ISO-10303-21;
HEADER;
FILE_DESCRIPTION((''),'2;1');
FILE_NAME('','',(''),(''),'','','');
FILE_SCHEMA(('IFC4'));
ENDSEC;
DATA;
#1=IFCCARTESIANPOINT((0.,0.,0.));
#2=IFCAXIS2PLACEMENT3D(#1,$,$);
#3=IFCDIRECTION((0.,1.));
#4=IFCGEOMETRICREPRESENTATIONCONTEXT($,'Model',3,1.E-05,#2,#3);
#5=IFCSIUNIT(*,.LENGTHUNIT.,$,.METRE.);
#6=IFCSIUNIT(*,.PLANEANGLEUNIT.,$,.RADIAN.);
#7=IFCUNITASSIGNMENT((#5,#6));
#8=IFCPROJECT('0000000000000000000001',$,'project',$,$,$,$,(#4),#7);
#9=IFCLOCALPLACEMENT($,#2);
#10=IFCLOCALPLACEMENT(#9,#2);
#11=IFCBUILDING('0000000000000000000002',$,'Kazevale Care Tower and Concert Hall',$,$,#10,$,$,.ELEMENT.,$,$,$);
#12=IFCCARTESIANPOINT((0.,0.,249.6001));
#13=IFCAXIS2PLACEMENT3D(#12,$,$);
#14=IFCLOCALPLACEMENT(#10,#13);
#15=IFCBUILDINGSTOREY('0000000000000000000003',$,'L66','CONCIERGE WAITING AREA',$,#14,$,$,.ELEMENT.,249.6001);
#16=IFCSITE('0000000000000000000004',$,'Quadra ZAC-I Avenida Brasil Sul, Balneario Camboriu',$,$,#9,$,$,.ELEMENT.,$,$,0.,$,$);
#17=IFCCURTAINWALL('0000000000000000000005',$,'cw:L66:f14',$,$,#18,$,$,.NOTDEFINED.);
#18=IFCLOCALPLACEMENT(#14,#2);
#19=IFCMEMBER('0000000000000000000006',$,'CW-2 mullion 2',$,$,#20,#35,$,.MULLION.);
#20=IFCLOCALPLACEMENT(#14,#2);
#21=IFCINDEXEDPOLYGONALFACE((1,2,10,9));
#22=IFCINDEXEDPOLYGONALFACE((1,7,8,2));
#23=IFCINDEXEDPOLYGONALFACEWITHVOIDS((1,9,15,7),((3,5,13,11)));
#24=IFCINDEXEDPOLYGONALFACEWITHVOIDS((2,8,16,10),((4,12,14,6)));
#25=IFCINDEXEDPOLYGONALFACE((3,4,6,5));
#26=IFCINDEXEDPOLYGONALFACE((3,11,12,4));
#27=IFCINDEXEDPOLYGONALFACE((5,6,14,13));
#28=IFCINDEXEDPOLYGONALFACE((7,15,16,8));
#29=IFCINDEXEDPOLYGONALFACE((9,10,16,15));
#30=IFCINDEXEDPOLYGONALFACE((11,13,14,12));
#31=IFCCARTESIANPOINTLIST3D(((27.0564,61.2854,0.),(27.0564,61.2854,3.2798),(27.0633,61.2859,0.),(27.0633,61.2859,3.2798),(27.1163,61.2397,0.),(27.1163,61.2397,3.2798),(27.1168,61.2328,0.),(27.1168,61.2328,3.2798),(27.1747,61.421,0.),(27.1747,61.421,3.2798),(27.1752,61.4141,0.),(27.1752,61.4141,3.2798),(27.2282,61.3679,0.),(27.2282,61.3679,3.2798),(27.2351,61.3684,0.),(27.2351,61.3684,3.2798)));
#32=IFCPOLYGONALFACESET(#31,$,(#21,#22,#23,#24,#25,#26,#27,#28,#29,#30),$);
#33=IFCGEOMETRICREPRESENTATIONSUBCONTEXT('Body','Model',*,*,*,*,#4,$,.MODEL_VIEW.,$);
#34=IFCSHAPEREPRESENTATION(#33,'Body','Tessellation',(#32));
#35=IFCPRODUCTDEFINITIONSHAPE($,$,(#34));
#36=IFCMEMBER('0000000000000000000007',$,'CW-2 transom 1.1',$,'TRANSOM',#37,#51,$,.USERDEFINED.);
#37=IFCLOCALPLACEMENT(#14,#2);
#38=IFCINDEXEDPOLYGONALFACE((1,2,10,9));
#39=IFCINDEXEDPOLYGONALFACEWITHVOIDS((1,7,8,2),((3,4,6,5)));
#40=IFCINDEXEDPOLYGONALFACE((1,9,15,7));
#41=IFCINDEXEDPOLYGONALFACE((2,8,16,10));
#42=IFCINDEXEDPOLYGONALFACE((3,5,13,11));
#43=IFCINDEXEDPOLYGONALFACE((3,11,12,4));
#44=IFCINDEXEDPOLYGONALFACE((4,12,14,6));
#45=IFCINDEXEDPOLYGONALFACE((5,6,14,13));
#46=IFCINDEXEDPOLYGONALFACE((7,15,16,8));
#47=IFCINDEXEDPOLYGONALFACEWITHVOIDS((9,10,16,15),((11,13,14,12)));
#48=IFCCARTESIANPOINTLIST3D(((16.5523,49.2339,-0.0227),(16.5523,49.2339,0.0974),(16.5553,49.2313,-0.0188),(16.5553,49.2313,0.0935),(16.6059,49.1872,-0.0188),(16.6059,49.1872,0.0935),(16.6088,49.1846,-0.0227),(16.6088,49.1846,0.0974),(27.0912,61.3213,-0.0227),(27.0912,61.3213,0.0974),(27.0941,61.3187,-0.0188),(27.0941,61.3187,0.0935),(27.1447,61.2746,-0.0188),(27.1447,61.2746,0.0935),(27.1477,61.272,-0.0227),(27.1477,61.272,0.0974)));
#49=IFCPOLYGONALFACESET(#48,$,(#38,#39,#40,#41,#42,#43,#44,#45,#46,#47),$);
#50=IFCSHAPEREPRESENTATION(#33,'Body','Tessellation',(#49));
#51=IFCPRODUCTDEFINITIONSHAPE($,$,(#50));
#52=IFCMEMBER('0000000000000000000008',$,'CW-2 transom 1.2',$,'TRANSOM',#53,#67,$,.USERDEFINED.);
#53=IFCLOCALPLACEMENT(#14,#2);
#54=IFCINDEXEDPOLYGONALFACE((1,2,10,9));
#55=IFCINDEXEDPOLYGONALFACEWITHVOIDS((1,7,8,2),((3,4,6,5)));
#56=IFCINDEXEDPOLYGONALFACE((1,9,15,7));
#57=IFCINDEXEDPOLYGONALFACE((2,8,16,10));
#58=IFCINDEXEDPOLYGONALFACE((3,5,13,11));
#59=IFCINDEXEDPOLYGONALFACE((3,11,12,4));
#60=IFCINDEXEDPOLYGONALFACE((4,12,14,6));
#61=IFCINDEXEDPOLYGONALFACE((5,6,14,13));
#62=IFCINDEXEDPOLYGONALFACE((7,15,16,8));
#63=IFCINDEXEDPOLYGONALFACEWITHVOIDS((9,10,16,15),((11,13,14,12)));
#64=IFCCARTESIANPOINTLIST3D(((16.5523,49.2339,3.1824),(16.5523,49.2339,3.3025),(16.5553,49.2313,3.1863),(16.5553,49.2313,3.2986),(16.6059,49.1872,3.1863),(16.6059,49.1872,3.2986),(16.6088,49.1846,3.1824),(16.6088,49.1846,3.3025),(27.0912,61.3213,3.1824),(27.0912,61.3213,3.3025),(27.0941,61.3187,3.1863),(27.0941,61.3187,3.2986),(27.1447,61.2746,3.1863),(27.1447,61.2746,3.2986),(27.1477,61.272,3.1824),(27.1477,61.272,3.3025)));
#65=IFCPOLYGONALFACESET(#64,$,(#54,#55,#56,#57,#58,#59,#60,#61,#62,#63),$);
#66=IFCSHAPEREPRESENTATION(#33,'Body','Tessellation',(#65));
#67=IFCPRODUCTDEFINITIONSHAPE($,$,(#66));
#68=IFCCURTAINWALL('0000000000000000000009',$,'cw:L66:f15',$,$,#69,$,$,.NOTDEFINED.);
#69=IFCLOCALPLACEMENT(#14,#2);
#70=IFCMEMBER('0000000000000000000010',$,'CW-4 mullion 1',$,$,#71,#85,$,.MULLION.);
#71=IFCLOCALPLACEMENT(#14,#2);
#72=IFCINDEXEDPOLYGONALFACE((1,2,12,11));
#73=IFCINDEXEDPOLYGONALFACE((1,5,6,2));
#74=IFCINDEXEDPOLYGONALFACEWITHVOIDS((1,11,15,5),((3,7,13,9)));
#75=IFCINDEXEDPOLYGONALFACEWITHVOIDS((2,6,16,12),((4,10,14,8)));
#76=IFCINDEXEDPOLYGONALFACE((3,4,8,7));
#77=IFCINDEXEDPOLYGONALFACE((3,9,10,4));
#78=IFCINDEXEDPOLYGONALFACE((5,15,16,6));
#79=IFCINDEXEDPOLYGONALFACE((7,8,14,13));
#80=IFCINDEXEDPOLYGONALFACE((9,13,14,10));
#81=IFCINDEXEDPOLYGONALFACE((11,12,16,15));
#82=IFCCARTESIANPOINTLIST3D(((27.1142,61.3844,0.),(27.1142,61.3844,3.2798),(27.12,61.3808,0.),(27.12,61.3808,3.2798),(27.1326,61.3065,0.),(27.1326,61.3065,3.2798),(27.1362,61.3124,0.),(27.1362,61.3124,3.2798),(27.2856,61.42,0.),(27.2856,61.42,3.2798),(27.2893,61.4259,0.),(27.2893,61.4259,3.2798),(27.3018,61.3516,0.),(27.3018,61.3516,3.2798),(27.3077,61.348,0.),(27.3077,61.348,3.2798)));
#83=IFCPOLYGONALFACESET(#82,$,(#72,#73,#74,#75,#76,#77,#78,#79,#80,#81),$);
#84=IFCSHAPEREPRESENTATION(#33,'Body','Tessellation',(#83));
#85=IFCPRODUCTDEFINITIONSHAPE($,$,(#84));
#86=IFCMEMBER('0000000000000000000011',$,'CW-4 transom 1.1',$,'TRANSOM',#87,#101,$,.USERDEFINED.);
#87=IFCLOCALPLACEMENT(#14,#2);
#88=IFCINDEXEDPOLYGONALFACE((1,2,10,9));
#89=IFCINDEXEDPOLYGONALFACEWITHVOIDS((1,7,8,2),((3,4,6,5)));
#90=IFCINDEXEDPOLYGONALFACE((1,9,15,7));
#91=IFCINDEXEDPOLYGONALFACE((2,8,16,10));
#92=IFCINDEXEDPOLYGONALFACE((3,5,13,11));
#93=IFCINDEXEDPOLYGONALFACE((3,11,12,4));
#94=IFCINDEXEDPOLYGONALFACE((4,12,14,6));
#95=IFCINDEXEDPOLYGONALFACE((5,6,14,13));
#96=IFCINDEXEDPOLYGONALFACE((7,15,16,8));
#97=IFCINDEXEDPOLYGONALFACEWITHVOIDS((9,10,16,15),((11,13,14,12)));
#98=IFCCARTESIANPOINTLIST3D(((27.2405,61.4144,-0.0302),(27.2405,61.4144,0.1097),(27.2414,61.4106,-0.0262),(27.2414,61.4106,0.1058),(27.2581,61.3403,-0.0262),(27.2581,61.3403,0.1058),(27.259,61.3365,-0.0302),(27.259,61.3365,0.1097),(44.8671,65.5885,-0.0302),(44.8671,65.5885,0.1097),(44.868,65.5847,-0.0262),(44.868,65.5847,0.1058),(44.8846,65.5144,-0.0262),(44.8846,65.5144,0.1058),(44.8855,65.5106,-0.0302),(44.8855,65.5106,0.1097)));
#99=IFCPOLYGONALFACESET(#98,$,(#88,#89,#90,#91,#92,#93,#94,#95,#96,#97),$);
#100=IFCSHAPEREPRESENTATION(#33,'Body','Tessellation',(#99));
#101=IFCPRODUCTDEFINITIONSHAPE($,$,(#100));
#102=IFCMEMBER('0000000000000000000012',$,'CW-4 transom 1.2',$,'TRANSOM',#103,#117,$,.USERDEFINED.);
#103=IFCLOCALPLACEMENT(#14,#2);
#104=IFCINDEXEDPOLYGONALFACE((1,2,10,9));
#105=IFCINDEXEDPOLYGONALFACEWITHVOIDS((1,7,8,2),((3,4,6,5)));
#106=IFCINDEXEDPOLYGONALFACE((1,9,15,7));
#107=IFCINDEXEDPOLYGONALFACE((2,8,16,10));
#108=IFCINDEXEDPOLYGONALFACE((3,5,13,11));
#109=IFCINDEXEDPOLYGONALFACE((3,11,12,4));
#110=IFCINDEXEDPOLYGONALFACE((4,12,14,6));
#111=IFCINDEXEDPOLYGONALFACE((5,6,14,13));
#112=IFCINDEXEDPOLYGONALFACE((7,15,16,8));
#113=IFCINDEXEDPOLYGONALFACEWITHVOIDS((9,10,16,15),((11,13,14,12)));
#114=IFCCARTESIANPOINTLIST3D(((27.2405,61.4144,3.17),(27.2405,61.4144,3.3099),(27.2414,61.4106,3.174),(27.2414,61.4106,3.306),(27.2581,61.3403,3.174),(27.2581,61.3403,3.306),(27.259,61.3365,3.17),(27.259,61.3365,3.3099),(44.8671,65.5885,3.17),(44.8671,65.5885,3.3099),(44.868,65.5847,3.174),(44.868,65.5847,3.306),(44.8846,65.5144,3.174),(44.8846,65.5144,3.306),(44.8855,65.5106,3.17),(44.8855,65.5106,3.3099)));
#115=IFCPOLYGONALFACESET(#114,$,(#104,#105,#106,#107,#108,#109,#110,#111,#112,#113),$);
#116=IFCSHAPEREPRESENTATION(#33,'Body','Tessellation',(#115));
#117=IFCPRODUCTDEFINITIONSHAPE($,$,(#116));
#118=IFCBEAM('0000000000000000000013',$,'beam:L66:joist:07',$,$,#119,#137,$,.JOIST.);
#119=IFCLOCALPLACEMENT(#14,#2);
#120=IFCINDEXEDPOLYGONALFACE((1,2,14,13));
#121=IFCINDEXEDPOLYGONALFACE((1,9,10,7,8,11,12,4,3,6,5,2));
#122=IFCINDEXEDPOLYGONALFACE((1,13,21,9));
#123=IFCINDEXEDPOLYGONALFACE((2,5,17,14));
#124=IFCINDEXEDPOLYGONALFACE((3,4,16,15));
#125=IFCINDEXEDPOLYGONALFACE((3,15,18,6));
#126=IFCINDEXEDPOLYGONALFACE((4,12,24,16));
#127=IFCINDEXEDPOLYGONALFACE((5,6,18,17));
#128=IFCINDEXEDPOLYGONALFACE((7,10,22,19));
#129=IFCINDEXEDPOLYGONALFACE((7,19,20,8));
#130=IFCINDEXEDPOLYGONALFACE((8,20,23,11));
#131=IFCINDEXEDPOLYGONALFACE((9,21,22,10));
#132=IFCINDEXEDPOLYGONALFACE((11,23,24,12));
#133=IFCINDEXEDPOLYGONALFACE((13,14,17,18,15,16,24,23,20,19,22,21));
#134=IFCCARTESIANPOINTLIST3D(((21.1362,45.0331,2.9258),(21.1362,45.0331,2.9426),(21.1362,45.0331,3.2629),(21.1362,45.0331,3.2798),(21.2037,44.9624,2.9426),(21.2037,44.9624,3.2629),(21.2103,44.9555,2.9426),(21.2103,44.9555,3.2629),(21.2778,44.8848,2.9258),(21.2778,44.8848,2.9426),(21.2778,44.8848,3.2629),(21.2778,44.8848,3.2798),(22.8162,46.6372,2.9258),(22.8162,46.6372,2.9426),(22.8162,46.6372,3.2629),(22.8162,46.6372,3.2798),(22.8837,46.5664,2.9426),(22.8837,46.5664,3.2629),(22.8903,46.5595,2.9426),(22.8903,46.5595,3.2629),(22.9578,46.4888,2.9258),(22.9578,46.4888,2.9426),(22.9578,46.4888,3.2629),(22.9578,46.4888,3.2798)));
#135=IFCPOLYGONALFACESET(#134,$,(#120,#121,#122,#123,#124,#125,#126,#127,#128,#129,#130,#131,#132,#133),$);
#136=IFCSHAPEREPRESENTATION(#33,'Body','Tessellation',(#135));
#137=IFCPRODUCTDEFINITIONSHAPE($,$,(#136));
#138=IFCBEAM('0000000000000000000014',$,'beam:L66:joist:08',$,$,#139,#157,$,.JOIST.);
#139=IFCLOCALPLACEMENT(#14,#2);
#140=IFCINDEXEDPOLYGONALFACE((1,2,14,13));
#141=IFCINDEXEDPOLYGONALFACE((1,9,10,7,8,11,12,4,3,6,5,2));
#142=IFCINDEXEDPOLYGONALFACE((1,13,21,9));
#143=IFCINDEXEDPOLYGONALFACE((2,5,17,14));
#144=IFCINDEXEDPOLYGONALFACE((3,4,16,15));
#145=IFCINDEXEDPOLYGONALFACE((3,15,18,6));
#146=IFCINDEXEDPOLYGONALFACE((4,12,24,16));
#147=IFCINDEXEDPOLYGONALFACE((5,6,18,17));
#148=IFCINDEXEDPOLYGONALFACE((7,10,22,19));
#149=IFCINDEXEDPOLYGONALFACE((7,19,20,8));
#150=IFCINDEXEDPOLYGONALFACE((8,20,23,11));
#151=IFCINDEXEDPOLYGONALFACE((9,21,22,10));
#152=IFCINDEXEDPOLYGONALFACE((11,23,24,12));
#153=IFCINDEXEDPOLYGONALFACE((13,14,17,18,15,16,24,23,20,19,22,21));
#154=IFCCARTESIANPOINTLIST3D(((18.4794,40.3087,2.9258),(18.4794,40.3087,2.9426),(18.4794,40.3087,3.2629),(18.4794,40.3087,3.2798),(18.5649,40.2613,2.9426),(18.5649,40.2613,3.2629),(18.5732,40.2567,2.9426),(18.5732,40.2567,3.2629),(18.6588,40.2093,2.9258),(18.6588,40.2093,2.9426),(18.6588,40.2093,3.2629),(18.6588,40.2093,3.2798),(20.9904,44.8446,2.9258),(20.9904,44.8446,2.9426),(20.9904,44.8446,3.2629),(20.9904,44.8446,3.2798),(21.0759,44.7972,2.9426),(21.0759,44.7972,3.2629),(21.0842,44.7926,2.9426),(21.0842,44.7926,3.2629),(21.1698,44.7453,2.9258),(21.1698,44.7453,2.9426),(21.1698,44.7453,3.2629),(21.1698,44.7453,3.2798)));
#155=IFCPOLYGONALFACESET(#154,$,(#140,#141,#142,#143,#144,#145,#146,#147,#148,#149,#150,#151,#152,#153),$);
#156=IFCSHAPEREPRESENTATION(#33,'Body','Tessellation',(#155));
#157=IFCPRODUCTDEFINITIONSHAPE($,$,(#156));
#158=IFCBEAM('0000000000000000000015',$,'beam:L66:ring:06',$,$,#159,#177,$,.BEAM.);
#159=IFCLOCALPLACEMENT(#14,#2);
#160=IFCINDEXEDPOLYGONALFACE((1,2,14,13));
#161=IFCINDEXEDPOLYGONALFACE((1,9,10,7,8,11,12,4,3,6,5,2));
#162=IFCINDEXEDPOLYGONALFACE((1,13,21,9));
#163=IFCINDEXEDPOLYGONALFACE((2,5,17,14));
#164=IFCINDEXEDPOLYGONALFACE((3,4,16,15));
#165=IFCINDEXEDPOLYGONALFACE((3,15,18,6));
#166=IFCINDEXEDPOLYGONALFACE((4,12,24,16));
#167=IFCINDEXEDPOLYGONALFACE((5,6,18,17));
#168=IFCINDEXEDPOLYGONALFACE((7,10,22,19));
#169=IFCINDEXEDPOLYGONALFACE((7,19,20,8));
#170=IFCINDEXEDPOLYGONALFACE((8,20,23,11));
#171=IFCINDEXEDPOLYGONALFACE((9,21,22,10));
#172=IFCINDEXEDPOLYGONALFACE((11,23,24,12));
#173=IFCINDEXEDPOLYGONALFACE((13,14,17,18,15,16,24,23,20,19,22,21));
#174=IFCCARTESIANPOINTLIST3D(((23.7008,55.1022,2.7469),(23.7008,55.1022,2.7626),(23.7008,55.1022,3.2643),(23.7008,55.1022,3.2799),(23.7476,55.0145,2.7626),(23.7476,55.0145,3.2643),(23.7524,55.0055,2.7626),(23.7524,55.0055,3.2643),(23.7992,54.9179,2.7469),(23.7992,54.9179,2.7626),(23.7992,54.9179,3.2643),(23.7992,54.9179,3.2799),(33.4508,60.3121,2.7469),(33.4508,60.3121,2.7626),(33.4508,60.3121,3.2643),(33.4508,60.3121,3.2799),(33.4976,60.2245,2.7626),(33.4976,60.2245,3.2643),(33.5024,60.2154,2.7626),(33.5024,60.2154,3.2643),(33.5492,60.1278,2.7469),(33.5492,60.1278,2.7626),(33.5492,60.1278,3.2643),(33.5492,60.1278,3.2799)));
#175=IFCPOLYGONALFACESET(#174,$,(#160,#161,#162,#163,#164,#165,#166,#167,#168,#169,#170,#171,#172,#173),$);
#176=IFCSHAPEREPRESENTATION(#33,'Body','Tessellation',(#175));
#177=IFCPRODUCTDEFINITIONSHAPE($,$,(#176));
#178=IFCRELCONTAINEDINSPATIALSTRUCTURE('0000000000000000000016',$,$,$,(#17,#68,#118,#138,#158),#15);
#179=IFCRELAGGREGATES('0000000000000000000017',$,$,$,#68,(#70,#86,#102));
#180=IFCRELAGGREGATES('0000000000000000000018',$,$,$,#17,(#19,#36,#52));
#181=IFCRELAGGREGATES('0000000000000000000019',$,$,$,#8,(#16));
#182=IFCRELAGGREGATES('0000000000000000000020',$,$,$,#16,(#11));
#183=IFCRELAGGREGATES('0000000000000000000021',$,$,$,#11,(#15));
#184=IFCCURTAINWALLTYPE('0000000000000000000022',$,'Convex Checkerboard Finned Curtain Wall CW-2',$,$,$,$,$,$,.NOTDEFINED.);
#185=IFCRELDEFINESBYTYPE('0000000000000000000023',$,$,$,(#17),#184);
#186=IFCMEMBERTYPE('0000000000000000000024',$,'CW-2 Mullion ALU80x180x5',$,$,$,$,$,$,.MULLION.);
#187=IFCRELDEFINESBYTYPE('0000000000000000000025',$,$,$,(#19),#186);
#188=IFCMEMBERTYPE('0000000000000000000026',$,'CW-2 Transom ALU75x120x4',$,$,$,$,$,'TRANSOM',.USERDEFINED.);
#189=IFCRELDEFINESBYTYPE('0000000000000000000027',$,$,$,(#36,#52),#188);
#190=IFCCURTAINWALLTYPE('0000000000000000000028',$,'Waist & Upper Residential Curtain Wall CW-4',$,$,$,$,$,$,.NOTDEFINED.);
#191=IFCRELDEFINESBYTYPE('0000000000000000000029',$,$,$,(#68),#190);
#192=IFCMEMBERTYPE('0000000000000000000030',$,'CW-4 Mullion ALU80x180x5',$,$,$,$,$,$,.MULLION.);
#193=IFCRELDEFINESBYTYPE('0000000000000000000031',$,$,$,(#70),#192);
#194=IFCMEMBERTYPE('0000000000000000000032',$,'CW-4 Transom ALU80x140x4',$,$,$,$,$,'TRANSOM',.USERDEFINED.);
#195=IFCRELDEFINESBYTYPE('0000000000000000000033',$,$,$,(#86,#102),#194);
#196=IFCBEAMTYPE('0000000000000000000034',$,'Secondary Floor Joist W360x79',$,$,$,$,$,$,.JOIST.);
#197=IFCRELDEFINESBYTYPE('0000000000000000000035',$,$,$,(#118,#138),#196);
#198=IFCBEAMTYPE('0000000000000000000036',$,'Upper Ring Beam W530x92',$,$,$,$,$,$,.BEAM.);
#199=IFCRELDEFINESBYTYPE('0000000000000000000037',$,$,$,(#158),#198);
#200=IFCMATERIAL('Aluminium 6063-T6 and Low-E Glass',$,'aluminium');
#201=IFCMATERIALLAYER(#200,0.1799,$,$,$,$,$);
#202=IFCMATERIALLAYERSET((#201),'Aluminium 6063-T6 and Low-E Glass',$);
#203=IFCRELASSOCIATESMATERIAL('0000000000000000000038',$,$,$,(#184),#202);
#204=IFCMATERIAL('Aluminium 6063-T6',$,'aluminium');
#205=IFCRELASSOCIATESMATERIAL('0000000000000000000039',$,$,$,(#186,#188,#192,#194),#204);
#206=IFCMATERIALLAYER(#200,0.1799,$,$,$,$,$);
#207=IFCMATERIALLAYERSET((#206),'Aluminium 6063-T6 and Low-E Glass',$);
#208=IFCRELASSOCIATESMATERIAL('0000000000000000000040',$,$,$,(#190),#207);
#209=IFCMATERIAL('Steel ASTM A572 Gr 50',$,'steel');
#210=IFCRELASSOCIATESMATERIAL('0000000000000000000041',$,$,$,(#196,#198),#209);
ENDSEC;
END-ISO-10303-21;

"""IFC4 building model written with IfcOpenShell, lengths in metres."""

from ifc_helpers import new_model, si_unit, direction, frame, origin, origin_2d, place, context, subcontext, project, spatial, hollow_rectangle, i_section, extrude, material, layer, layer_set, material_profile, profile_set, type_object, element, aggregate, save


model = new_model("IFC4")

# Units and contexts
model_context = context("Model", 3, precision=1e-05, world=origin(), true_north=direction((0.0, 1.0)))
body_context = subcontext(model_context, "Body", "Model", "MODEL_VIEW")
ifc_project = project(units=[si_unit("LENGTHUNIT", "METRE"), si_unit("PLANEANGLEUNIT", "RADIAN")], contexts=[model_context])

# Site, building, storey
site_placement = place(None, origin())
site = spatial("IfcSite", under=ifc_project, at=site_placement, Name="Quadra ZAC-I Avenida Brasil Sul, Balneario Camboriu", CompositionType="ELEMENT", RefElevation=0.0)
building_placement = place(site_placement, origin())
building = spatial("IfcBuilding", under=site, at=building_placement, Name="Kazevale Care Tower and Concert Hall", CompositionType="ELEMENT")
storey_placement = place(building_placement, frame((0.0, 0.0, 249.6001)))
storey = spatial("IfcBuildingStorey", under=building, at=storey_placement, Name="L66", Description="CONCIERGE WAITING AREA", CompositionType="ELEMENT", Elevation=249.6001)

# Curtain walls, members
ifc_material_1 = material(Name="Aluminium 6063-T6 and Low-E Glass", Category="aluminium")
ifc_layer_1 = layer(ifc_material_1, 0.1799)
ifc_layer_set_1 = layer_set([ifc_layer_1], Name="Aluminium 6063-T6 and Low-E Glass")
curtain_wall_type_1 = type_object("IfcCurtainWallType", Name="Convex Checkerboard Finned Curtain Wall CW-2", PredefinedType="NOTDEFINED", material=ifc_layer_set_1)
curtain_wall_1_placement = place(storey_placement, origin())
curtain_wall_1 = element("IfcCurtainWall", 1, at=curtain_wall_1_placement, inside=storey, type_object=curtain_wall_type_1, Name="cw:L66:f14", PredefinedType="NOTDEFINED")
ifc_material_2 = material(Name="Aluminium 6063-T6", Category="aluminium")
ifc_material_profile_1 = material_profile(ifc_material_2, hollow_rectangle(XDim=0.0801, YDim=0.1799, WallThickness=0.0049, at=origin_2d()), Name="ALU80x180x5")
ifc_profile_set_1 = profile_set([ifc_material_profile_1], Name="Aluminium 6063-T6")
member_type_1 = type_object("IfcMemberType", Name="CW-2 Mullion ALU80x180x5", PredefinedType="MULLION", material=ifc_profile_set_1)
member_1_placement = place(storey_placement, frame((27.1458, 61.3269, 0.0), z_axis=(0.0, 0.0, 1.0), x_axis=(-0.753738, 0.657175, 0.0)))
member_1 = element("IfcMember", 2, at=member_1_placement, type_object=member_type_1, Name="CW-2 mullion 2", PredefinedType="MULLION", context=body_context, shape_type="SweptSolid", body=[
    extrude(hollow_rectangle(XDim=0.0801, YDim=0.1799, WallThickness=0.0049, at=origin_2d()), origin(), (0.0, 0.0, 1.0), 3.2798),
])
ifc_material_profile_2 = material_profile(ifc_material_2, hollow_rectangle(XDim=0.075, YDim=0.1201, WallThickness=0.0039, at=origin_2d()), Name="ALU75x120x4")
ifc_profile_set_2 = profile_set([ifc_material_profile_2], Name="Aluminium 6063-T6")
member_type_2 = type_object("IfcMemberType", Name="CW-2 Transom ALU75x120x4", ElementType="TRANSOM", PredefinedType="USERDEFINED", material=ifc_profile_set_2)
member_2_placement = place(storey_placement, frame((16.5806, 49.2092, 0.0374), z_axis=(0.657174, 0.753739, 0.0), x_axis=(-0.753739, 0.657174, 0.0)))
member_2 = element("IfcMember", 3, at=member_2_placement, type_object=member_type_2, Name="CW-2 transom 1.1", ObjectType="TRANSOM", PredefinedType="USERDEFINED", context=body_context, shape_type="SweptSolid", body=[
    extrude(hollow_rectangle(XDim=0.075, YDim=0.1201, WallThickness=0.0039, at=origin_2d()), origin(), (0.0, 0.0, 1.0), 16.0366),
])
member_3_placement = place(storey_placement, frame((16.5806, 49.2092, 3.2424), z_axis=(0.657174, 0.753739, 0.0), x_axis=(-0.753739, 0.657174, 0.0)))
member_3 = element("IfcMember", 4, at=member_3_placement, type_object=member_type_2, Name="CW-2 transom 1.2", ObjectType="TRANSOM", PredefinedType="USERDEFINED", context=body_context, shape_type="SweptSolid", body=[
    extrude(hollow_rectangle(XDim=0.075, YDim=0.1201, WallThickness=0.0039, at=origin_2d()), origin(), (0.0, 0.0, 1.0), 16.0366),
])
ifc_layer_2 = layer(ifc_material_1, 0.1799)
ifc_layer_set_2 = layer_set([ifc_layer_2], Name="Aluminium 6063-T6 and Low-E Glass")
curtain_wall_type_2 = type_object("IfcCurtainWallType", Name="Waist & Upper Residential Curtain Wall CW-4", PredefinedType="NOTDEFINED", material=ifc_layer_set_2)
curtain_wall_2_placement = place(storey_placement, origin())
curtain_wall_2 = element("IfcCurtainWall", 5, at=curtain_wall_2_placement, inside=storey, type_object=curtain_wall_type_2, Name="cw:L66:f15", PredefinedType="NOTDEFINED")
ifc_material_profile_3 = material_profile(ifc_material_2, hollow_rectangle(XDim=0.0801, YDim=0.1799, WallThickness=0.0049, at=origin_2d()), Name="ALU80x180x5")
ifc_profile_set_3 = profile_set([ifc_material_profile_3], Name="Aluminium 6063-T6")
member_type_3 = type_object("IfcMemberType", Name="CW-4 Mullion ALU80x180x5", PredefinedType="MULLION", material=ifc_profile_set_3)
member_4_placement = place(storey_placement, frame((27.2109, 61.3662, 0.0), z_axis=(0.0, 0.0, 1.0), x_axis=(-0.230439, 0.973087, 0.0)))
member_4 = element("IfcMember", 6, at=member_4_placement, type_object=member_type_3, Name="CW-4 mullion 1", PredefinedType="MULLION", context=body_context, shape_type="SweptSolid", body=[
    extrude(hollow_rectangle(XDim=0.0801, YDim=0.1799, WallThickness=0.0049, at=origin_2d()), origin(), (0.0, 0.0, 1.0), 3.2798),
])
ifc_material_profile_4 = material_profile(ifc_material_2, hollow_rectangle(XDim=0.0801, YDim=0.1399, WallThickness=0.0039, at=origin_2d()), Name="ALU80x140x4")
ifc_profile_set_4 = profile_set([ifc_material_profile_4], Name="Aluminium 6063-T6")
member_type_4 = type_object("IfcMemberType", Name="CW-4 Transom ALU80x140x4", ElementType="TRANSOM", PredefinedType="USERDEFINED", material=ifc_profile_set_4)
member_5_placement = place(storey_placement, frame((27.2498, 61.3755, 0.0398), z_axis=(0.973088, 0.230434, 0.0), x_axis=(-0.230434, 0.973088, 0.0)))
member_5 = element("IfcMember", 7, at=member_5_placement, type_object=member_type_4, Name="CW-4 transom 1.1", ObjectType="TRANSOM", PredefinedType="USERDEFINED", context=body_context, shape_type="SweptSolid", body=[
    extrude(hollow_rectangle(XDim=0.0801, YDim=0.1399, WallThickness=0.0039, at=origin_2d()), origin(), (0.0, 0.0, 1.0), 18.114),
])
member_6_placement = place(storey_placement, frame((27.2498, 61.3755, 3.24), z_axis=(0.973088, 0.230434, 0.0), x_axis=(-0.230434, 0.973088, 0.0)))
member_6 = element("IfcMember", 8, at=member_6_placement, type_object=member_type_4, Name="CW-4 transom 1.2", ObjectType="TRANSOM", PredefinedType="USERDEFINED", context=body_context, shape_type="SweptSolid", body=[
    extrude(hollow_rectangle(XDim=0.0801, YDim=0.1399, WallThickness=0.0039, at=origin_2d()), origin(), (0.0, 0.0, 1.0), 18.114),
])
aggregate(curtain_wall_2, [member_4, member_5, member_6])

# Beams
ifc_material_3 = material(Name="Steel ASTM A572 Gr 50", Category="steel")
ifc_material_profile_5 = material_profile(ifc_material_3, i_section(OverallWidth=0.2051, OverallDepth=0.354, WebThickness=0.0095, FlangeThickness=0.0168, at=origin_2d()), Name="W360x79")
ifc_profile_set_5 = profile_set([ifc_material_profile_5], Name="Steel ASTM A572 Gr 50")
beam_type_1 = type_object("IfcBeamType", Name="Secondary Floor Joist W360x79", PredefinedType="JOIST", material=ifc_profile_set_5)
beam_1_placement = place(storey_placement, frame((22.887, 46.563, 3.1028), z_axis=(-0.723262, -0.690573, 0.0), x_axis=(0.690573, -0.723262, 0.0)))
element("IfcBeam", 9, at=beam_1_placement, inside=storey, type_object=beam_type_1, Name="beam:L66:joist:07", PredefinedType="JOIST", context=body_context, shape_type="SweptSolid", body=[
    extrude(i_section(OverallWidth=0.2051, OverallDepth=0.354, WebThickness=0.0095, FlangeThickness=0.0168, at=origin_2d()), origin(), (0.0, 0.0, 1.0), 2.3228),
])
beam_2_placement = place(storey_placement, frame((21.0801, 44.7949, 3.1028), z_axis=(-0.484323, -0.874889, 0.0), x_axis=(0.874889, -0.484323, 0.0)))
element("IfcBeam", 10, at=beam_2_placement, inside=storey, type_object=beam_type_1, Name="beam:L66:joist:08", PredefinedType="JOIST", context=body_context, shape_type="SweptSolid", body=[
    extrude(i_section(OverallWidth=0.2051, OverallDepth=0.354, WebThickness=0.0095, FlangeThickness=0.0168, at=origin_2d()), origin(), (0.0, 0.0, 1.0), 5.1846),
])
ifc_material_profile_6 = material_profile(ifc_material_3, i_section(OverallWidth=0.209, OverallDepth=0.533, WebThickness=0.0103, FlangeThickness=0.0156, at=origin_2d()), Name="W530x92")
ifc_profile_set_6 = profile_set([ifc_material_profile_6], Name="Steel ASTM A572 Gr 50")
beam_type_2 = type_object("IfcBeamType", Name="Upper Ring Beam W530x92", PredefinedType="BEAM", material=ifc_profile_set_6)
beam_3_placement = place(storey_placement, frame((33.5, 60.22, 3.0134), z_axis=(-0.881979, -0.47129, 0.0), x_axis=(0.47129, -0.881979, 0.0)))
element("IfcBeam", 11, at=beam_3_placement, inside=storey, type_object=beam_type_2, Name="beam:L66:ring:06", PredefinedType="BEAM", context=body_context, shape_type="SweptSolid", body=[
    extrude(i_section(OverallWidth=0.209, OverallDepth=0.533, WebThickness=0.0103, FlangeThickness=0.0156, at=origin_2d()), origin(), (0.0, 0.0, 1.0), 11.0547),
])

aggregate(curtain_wall_1, [member_1, member_2, member_3])

save(model, "model.ifc")
